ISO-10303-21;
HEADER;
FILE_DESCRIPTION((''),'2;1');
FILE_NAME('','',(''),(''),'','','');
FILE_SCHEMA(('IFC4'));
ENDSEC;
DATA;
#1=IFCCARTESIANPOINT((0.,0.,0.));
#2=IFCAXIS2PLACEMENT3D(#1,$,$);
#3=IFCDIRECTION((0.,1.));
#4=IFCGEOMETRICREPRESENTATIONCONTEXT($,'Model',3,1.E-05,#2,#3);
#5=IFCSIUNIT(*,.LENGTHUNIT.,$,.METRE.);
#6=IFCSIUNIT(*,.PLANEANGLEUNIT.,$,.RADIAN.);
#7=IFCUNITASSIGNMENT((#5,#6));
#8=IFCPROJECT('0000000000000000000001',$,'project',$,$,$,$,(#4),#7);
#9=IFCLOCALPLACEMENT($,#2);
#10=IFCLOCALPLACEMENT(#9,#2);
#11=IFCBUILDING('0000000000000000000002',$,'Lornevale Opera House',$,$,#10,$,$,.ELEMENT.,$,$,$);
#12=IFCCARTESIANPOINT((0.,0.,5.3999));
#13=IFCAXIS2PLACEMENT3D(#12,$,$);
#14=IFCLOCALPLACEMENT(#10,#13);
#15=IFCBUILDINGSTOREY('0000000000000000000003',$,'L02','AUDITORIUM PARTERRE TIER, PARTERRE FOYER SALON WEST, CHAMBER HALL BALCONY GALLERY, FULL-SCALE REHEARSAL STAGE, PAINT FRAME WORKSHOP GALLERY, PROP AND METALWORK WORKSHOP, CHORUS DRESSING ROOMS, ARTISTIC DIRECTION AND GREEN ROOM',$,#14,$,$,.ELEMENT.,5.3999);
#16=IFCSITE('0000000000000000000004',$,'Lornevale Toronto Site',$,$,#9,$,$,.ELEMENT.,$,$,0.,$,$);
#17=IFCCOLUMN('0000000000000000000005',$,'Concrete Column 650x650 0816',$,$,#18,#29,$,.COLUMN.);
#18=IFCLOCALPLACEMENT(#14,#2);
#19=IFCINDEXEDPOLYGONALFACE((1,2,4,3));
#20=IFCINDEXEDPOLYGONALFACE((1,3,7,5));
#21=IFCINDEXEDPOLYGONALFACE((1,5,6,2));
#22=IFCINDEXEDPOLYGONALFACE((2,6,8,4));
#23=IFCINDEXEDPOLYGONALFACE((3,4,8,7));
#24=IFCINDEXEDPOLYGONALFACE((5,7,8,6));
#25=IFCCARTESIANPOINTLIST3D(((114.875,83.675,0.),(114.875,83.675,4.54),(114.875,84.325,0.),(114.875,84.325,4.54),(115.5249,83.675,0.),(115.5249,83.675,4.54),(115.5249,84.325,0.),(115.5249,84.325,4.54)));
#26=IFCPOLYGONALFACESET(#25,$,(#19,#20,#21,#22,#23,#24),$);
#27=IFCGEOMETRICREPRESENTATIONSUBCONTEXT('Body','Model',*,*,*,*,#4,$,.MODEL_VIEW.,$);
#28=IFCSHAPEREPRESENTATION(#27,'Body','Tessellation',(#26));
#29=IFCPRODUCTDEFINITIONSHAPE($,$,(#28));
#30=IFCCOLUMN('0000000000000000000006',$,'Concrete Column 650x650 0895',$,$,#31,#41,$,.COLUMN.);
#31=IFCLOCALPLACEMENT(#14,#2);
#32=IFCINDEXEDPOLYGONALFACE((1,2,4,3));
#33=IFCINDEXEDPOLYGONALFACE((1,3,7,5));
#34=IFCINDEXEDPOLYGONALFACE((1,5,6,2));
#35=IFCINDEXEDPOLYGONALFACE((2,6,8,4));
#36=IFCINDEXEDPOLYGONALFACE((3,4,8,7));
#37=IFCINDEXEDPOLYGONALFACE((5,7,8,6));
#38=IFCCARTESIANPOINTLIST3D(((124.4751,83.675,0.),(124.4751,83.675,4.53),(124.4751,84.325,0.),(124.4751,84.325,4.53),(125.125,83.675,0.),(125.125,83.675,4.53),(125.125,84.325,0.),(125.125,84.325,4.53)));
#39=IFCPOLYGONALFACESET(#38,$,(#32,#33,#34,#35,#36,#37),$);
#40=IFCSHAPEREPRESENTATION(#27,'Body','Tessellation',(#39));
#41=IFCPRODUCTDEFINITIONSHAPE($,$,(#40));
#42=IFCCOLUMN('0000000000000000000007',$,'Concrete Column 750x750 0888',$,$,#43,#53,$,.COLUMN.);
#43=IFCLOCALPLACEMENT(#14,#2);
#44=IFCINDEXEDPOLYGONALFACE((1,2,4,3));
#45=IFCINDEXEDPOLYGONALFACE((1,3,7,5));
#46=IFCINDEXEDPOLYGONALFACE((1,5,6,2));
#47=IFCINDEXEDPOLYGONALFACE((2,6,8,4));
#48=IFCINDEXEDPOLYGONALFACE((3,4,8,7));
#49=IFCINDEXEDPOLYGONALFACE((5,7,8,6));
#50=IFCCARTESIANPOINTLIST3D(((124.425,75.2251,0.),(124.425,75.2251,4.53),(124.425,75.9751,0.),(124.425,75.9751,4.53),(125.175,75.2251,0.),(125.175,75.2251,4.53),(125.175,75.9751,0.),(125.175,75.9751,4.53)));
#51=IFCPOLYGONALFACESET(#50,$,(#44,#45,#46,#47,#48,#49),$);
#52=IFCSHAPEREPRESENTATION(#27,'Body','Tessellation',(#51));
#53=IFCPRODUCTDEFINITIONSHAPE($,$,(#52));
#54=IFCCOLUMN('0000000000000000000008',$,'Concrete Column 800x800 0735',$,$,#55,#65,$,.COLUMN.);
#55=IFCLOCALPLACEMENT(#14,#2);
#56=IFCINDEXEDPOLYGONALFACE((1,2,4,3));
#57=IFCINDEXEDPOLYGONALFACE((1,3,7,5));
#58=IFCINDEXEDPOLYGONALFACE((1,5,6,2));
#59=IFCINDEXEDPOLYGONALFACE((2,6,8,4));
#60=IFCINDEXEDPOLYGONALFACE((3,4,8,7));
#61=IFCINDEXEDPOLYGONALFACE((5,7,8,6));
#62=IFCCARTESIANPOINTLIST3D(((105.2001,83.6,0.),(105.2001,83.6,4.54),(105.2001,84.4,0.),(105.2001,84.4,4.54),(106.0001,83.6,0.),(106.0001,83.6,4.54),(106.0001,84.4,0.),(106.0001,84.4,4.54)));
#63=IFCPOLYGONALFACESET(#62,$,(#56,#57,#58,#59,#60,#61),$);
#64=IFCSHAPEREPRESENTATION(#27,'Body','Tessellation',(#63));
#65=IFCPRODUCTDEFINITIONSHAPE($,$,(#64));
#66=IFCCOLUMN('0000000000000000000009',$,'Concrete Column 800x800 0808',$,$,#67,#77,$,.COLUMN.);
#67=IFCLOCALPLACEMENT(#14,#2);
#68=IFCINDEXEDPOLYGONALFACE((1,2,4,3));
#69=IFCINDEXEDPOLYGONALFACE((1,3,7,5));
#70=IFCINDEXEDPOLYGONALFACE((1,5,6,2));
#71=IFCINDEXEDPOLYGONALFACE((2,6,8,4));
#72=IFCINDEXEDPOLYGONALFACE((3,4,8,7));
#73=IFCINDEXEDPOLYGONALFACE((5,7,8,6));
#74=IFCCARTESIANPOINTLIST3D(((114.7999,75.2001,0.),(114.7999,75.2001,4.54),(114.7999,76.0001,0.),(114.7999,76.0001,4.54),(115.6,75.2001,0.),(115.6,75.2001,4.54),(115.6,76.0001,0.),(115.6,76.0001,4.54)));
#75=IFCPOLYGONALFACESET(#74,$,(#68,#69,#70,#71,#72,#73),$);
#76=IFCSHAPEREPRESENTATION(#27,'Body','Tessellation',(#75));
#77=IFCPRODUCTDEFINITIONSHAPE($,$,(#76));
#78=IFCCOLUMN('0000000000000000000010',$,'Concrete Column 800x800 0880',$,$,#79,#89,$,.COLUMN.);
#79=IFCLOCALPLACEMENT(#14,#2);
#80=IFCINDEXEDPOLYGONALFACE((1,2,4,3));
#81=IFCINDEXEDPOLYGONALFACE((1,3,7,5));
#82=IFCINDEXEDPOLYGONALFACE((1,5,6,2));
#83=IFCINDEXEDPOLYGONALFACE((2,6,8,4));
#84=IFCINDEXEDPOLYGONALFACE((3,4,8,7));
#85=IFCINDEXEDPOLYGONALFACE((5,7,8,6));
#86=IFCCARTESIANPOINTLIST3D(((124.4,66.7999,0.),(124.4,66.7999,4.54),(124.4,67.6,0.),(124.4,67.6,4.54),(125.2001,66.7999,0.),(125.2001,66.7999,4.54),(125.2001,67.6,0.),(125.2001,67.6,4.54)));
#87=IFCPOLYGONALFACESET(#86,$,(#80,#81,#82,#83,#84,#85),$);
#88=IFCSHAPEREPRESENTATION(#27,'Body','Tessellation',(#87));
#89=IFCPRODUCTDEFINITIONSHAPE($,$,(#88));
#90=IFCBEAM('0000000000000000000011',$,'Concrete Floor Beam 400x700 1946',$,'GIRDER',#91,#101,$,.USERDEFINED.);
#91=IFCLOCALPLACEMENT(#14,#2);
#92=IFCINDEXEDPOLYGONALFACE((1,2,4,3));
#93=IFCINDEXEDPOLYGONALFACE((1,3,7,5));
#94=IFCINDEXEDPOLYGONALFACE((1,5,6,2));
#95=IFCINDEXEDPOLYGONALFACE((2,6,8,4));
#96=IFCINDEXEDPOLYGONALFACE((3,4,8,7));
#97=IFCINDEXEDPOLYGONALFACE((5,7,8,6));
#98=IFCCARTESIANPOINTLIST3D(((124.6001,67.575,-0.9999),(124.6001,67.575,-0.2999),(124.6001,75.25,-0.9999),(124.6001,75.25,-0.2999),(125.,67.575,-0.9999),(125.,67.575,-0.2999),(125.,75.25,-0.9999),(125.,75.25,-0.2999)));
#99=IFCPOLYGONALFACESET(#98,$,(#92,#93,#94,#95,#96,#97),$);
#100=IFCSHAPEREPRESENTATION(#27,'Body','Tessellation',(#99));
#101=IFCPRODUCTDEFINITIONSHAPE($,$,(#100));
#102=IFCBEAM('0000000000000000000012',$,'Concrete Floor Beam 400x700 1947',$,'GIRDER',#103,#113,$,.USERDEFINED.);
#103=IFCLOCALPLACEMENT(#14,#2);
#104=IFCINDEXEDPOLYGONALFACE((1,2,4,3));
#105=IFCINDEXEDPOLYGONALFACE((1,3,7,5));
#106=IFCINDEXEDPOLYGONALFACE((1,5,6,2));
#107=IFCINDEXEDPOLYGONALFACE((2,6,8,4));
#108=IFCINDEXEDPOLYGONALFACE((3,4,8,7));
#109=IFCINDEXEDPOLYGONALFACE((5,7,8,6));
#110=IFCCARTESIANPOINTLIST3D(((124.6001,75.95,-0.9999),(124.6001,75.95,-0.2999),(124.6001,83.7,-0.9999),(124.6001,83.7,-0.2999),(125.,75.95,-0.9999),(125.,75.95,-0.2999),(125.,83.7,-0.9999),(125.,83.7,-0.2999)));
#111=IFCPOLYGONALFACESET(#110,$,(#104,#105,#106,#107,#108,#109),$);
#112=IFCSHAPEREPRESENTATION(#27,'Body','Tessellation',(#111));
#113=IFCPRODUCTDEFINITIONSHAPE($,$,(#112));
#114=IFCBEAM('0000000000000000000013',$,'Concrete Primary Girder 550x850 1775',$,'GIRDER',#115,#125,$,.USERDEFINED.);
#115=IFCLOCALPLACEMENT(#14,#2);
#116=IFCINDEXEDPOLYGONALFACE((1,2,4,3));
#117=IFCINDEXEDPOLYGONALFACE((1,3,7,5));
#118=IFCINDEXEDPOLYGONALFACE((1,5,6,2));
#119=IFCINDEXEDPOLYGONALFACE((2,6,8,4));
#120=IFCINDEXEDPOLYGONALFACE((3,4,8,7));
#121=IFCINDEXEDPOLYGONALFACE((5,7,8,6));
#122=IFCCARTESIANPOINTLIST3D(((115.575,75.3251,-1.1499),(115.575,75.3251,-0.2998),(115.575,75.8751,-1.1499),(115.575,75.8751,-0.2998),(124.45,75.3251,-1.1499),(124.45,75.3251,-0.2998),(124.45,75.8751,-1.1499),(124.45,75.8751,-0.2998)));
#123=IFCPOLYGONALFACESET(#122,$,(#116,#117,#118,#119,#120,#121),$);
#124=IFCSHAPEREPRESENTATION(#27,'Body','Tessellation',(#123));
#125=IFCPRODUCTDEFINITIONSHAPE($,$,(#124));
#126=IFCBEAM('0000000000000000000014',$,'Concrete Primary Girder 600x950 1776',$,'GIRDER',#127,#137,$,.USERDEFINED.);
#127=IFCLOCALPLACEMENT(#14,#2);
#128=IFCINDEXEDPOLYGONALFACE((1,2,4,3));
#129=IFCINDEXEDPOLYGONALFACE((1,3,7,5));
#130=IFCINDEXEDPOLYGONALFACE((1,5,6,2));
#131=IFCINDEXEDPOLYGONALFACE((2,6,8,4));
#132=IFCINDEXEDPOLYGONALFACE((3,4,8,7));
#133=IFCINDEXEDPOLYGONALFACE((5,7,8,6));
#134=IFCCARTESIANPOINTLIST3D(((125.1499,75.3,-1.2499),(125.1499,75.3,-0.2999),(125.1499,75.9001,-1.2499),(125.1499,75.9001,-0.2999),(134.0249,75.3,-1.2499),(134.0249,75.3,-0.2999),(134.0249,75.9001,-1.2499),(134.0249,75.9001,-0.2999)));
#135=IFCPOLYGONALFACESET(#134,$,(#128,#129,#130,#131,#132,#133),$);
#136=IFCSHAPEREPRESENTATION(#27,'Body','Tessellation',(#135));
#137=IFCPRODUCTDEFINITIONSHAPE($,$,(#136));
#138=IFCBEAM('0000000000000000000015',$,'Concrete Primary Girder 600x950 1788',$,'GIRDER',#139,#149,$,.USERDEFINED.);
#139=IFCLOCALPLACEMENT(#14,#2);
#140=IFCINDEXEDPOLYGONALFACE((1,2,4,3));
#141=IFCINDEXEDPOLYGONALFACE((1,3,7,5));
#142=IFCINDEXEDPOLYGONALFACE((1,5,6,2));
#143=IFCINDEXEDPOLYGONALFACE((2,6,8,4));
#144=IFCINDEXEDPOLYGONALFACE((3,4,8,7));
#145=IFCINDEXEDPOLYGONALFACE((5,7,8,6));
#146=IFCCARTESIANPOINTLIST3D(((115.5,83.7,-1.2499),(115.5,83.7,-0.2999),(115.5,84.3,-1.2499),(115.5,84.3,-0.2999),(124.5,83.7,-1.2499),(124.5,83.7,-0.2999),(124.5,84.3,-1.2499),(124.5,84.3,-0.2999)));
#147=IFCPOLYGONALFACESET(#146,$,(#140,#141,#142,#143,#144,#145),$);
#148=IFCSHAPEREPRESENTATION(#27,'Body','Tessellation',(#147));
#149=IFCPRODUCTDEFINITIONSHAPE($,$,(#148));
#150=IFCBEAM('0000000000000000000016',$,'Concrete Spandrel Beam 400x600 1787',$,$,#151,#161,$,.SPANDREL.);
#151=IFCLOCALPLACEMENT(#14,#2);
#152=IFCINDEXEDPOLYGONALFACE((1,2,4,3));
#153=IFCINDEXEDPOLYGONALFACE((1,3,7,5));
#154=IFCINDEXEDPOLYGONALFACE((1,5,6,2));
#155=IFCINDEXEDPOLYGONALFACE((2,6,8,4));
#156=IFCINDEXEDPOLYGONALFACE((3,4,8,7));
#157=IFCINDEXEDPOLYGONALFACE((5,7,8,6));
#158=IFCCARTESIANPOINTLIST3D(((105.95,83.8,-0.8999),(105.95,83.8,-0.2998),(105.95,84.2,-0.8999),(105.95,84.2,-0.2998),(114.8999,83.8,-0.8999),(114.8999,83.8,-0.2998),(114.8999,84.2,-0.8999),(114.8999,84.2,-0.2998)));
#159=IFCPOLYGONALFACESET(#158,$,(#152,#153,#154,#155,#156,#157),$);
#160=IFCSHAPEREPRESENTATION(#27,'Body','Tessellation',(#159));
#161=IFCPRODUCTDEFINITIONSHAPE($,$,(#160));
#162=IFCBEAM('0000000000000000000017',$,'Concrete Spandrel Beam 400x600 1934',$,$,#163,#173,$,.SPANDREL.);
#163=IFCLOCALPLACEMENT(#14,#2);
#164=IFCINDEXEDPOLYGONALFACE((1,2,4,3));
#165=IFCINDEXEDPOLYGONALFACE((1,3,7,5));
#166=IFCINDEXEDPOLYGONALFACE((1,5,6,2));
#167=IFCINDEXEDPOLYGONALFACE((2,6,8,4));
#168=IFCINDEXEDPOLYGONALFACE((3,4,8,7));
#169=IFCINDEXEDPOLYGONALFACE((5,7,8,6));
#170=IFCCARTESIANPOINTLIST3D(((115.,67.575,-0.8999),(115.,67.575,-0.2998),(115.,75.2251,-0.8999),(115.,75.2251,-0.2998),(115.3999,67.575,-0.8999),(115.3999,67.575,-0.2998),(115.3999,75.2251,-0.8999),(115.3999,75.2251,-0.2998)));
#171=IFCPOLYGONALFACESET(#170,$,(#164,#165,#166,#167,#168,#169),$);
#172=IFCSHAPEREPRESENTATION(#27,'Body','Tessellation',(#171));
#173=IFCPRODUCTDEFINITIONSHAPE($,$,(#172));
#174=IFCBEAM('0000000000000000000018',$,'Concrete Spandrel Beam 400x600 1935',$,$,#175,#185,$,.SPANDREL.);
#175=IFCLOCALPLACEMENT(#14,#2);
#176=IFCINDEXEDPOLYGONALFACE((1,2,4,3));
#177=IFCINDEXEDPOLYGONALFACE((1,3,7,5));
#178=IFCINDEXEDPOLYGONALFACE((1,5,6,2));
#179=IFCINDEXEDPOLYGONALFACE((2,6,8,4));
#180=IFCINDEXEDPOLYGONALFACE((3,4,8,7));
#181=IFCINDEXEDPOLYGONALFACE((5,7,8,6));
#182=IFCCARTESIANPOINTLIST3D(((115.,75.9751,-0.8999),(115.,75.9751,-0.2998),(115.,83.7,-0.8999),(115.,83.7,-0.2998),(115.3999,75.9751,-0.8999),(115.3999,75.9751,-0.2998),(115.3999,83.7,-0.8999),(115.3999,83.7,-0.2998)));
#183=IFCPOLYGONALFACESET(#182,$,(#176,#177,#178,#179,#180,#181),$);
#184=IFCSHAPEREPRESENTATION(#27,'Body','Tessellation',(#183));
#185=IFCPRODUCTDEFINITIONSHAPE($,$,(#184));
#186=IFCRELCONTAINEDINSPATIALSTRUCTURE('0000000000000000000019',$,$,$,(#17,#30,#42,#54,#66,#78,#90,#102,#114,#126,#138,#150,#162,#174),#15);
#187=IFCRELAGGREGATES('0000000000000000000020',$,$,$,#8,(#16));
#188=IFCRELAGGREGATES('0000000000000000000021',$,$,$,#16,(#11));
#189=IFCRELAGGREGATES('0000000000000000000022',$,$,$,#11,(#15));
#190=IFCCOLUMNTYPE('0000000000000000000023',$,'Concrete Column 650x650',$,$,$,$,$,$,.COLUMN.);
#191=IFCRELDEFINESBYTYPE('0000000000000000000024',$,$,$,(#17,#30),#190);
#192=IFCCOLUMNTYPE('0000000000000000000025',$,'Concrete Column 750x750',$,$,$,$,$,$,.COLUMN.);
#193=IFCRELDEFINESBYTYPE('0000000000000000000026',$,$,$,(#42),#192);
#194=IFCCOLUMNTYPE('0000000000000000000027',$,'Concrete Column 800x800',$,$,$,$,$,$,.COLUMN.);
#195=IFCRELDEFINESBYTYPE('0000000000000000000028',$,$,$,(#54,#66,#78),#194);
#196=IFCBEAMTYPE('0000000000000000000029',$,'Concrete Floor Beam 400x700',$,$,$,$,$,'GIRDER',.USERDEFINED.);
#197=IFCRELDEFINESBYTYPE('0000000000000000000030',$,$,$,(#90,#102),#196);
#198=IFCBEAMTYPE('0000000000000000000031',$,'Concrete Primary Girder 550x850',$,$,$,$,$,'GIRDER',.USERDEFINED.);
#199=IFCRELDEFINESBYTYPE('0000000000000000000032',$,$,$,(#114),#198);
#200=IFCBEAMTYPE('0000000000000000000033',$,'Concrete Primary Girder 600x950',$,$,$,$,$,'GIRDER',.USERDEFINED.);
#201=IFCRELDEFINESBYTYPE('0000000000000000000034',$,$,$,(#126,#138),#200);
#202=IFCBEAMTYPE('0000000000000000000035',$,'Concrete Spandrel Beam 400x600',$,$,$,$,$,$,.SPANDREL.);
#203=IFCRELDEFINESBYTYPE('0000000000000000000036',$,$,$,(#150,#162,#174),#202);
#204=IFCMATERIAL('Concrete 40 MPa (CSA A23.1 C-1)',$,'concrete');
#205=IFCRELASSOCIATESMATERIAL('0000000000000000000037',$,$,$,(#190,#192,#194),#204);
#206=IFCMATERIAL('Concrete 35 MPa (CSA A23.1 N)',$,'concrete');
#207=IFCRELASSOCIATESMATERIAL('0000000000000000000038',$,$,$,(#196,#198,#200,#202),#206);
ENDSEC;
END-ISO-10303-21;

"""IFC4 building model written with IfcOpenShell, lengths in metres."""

from ifc_helpers import new_model, si_unit, direction, frame, origin, origin_2d, place, context, subcontext, project, spatial, rectangle, extrude, material, material_profile, profile_set, type_object, element, save


model = new_model("IFC4")

# Units and contexts
model_context = context("Model", 3, precision=1e-05, world=origin(), true_north=direction((0.0, 1.0)))
body_context = subcontext(model_context, "Body", "Model", "MODEL_VIEW")
ifc_project = project(units=[si_unit("LENGTHUNIT", "METRE"), si_unit("PLANEANGLEUNIT", "RADIAN")], contexts=[model_context])

# Site, building, storey
site_placement = place(None, origin())
site = spatial("IfcSite", under=ifc_project, at=site_placement, Name="Lornevale Toronto Site", CompositionType="ELEMENT", RefElevation=0.0)
building_placement = place(site_placement, origin())
building = spatial("IfcBuilding", under=site, at=building_placement, Name="Lornevale Opera House", CompositionType="ELEMENT")
storey_placement = place(building_placement, frame((0.0, 0.0, 5.3999)))
storey = spatial("IfcBuildingStorey", under=building, at=storey_placement, Name="L02", Description="AUDITORIUM PARTERRE TIER, PARTERRE FOYER SALON WEST, CHAMBER HALL BALCONY GALLERY, FULL-SCALE REHEARSAL STAGE, PAINT FRAME WORKSHOP GALLERY, PROP AND METALWORK WORKSHOP, CHORUS DRESSING ROOMS, ARTISTIC DIRECTION AND GREEN ROOM", CompositionType="ELEMENT", Elevation=5.3999)

# Columns
ifc_material_1 = material(Name="Concrete 40 MPa (CSA A23.1 C-1)", Category="concrete")
ifc_material_profile_1 = material_profile(ifc_material_1, rectangle(XDim=0.6499, YDim=0.6499, at=origin_2d()), Name="RC650x650")
ifc_profile_set_1 = profile_set([ifc_material_profile_1], Name="Concrete 40 MPa (CSA A23.1 C-1)")
column_type_1 = type_object("IfcColumnType", Name="Concrete Column 650x650", PredefinedType="COLUMN", material=ifc_profile_set_1)
column_1_placement = place(storey_placement, frame((115.2, 84.0, 0.0), z_axis=(0.0, 0.0, 1.0), x_axis=(1.0, 0.0, 0.0)))
element("IfcColumn", 1, at=column_1_placement, inside=storey, type_object=column_type_1, Name="Concrete Column 650x650 0816", PredefinedType="COLUMN", context=body_context, shape_type="SweptSolid", body=[
    extrude(rectangle(XDim=0.6499, YDim=0.6499, at=origin_2d()), origin(), (0.0, 0.0, 1.0), 4.54),
])
column_2_placement = place(storey_placement, frame((124.8, 84.0, 0.0), z_axis=(0.0, 0.0, 1.0), x_axis=(1.0, 0.0, 0.0)))
element("IfcColumn", 2, at=column_2_placement, inside=storey, type_object=column_type_1, Name="Concrete Column 650x650 0895", PredefinedType="COLUMN", context=body_context, shape_type="SweptSolid", body=[
    extrude(rectangle(XDim=0.6499, YDim=0.6499, at=origin_2d()), origin(), (0.0, 0.0, 1.0), 4.53),
])
ifc_material_profile_2 = material_profile(ifc_material_1, rectangle(XDim=0.75, YDim=0.75, at=origin_2d()), Name="RC750x750")
ifc_profile_set_2 = profile_set([ifc_material_profile_2], Name="Concrete 40 MPa (CSA A23.1 C-1)")
column_type_2 = type_object("IfcColumnType", Name="Concrete Column 750x750", PredefinedType="COLUMN", material=ifc_profile_set_2)
column_3_placement = place(storey_placement, frame((124.8, 75.6001, 0.0), z_axis=(0.0, 0.0, 1.0), x_axis=(1.0, 0.0, 0.0)))
element("IfcColumn", 3, at=column_3_placement, inside=storey, type_object=column_type_2, Name="Concrete Column 750x750 0888", PredefinedType="COLUMN", context=body_context, shape_type="SweptSolid", body=[
    extrude(rectangle(XDim=0.75, YDim=0.75, at=origin_2d()), origin(), (0.0, 0.0, 1.0), 4.53),
])
ifc_material_profile_3 = material_profile(ifc_material_1, rectangle(XDim=0.8, YDim=0.8, at=origin_2d()), Name="RC800x800")
ifc_profile_set_3 = profile_set([ifc_material_profile_3], Name="Concrete 40 MPa (CSA A23.1 C-1)")
column_type_3 = type_object("IfcColumnType", Name="Concrete Column 800x800", PredefinedType="COLUMN", material=ifc_profile_set_3)
for number, where, z_axis, x_axis, name in (
    (4, (105.6001, 84.0, 0.0), (0.0, 0.0, 1.0), (1.0, 0.0, 0.0), "Concrete Column 800x800 0735"),
    (5, (115.2, 75.6001, 0.0), (0.0, 0.0, 1.0), (1.0, 0.0, 0.0), "Concrete Column 800x800 0808"),
    (6, (124.8, 67.2, 0.0), (0.0, 0.0, 1.0), (1.0, 0.0, 0.0), "Concrete Column 800x800 0880"),
):
    element("IfcColumn", number, at=place(storey_placement, frame(where, z_axis=z_axis, x_axis=x_axis)), inside=storey, type_object=column_type_3, Name=name, PredefinedType="COLUMN", context=body_context, shape_type="SweptSolid", body=[
        extrude(rectangle(XDim=0.8, YDim=0.8, at=origin_2d()), origin(), (0.0, 0.0, 1.0), 4.54),
    ])

# Beams
ifc_material_2 = material(Name="Concrete 35 MPa (CSA A23.1 N)", Category="concrete")
ifc_material_profile_4 = material_profile(ifc_material_2, rectangle(XDim=0.3999, YDim=0.7, at=origin_2d()), Name="RC400x700")
ifc_profile_set_4 = profile_set([ifc_material_profile_4], Name="Concrete 35 MPa (CSA A23.1 N)")
beam_type_1 = type_object("IfcBeamType", Name="Concrete Floor Beam 400x700", ElementType="GIRDER", PredefinedType="USERDEFINED", material=ifc_profile_set_4)
beam_1_placement = place(storey_placement, frame((124.8, 67.575, -0.6499), z_axis=(0.0, 1.0, 0.0), x_axis=(-1.0, 0.0, 0.0)))
element("IfcBeam", 7, at=beam_1_placement, inside=storey, type_object=beam_type_1, Name="Concrete Floor Beam 400x700 1946", ObjectType="GIRDER", PredefinedType="USERDEFINED", context=body_context, shape_type="SweptSolid", body=[
    extrude(rectangle(XDim=0.3999, YDim=0.7, at=origin_2d()), origin(), (0.0, 0.0, 1.0), 7.675),
])
beam_2_placement = place(storey_placement, frame((124.8, 75.95, -0.6499), z_axis=(0.0, 1.0, 0.0), x_axis=(-1.0, 0.0, 0.0)))
element("IfcBeam", 8, at=beam_2_placement, inside=storey, type_object=beam_type_1, Name="Concrete Floor Beam 400x700 1947", ObjectType="GIRDER", PredefinedType="USERDEFINED", context=body_context, shape_type="SweptSolid", body=[
    extrude(rectangle(XDim=0.3999, YDim=0.7, at=origin_2d()), origin(), (0.0, 0.0, 1.0), 7.75),
])
ifc_material_profile_5 = material_profile(ifc_material_2, rectangle(XDim=0.55, YDim=0.8501, at=origin_2d()), Name="RC550x850")
ifc_profile_set_5 = profile_set([ifc_material_profile_5], Name="Concrete 35 MPa (CSA A23.1 N)")
beam_type_2 = type_object("IfcBeamType", Name="Concrete Primary Girder 550x850", ElementType="GIRDER", PredefinedType="USERDEFINED", material=ifc_profile_set_5)
beam_3_placement = place(storey_placement, frame((115.575, 75.6001, -0.7249), z_axis=(1.0, 0.0, 0.0), x_axis=(0.0, 1.0, 0.0)))
element("IfcBeam", 9, at=beam_3_placement, inside=storey, type_object=beam_type_2, Name="Concrete Primary Girder 550x850 1775", ObjectType="GIRDER", PredefinedType="USERDEFINED", context=body_context, shape_type="SweptSolid", body=[
    extrude(rectangle(XDim=0.55, YDim=0.8501, at=origin_2d()), origin(), (0.0, 0.0, 1.0), 8.875),
])
ifc_material_profile_6 = material_profile(ifc_material_2, rectangle(XDim=0.6001, YDim=0.95, at=origin_2d()), Name="RC600x950")
ifc_profile_set_6 = profile_set([ifc_material_profile_6], Name="Concrete 35 MPa (CSA A23.1 N)")
beam_type_3 = type_object("IfcBeamType", Name="Concrete Primary Girder 600x950", ElementType="GIRDER", PredefinedType="USERDEFINED", material=ifc_profile_set_6)
beam_4_placement = place(storey_placement, frame((125.1499, 75.6001, -0.7749), z_axis=(1.0, 0.0, 0.0), x_axis=(0.0, 1.0, 0.0)))
element("IfcBeam", 10, at=beam_4_placement, inside=storey, type_object=beam_type_3, Name="Concrete Primary Girder 600x950 1776", ObjectType="GIRDER", PredefinedType="USERDEFINED", context=body_context, shape_type="SweptSolid", body=[
    extrude(rectangle(XDim=0.6001, YDim=0.95, at=origin_2d()), origin(), (0.0, 0.0, 1.0), 8.875),
])
beam_5_placement = place(storey_placement, frame((115.5, 84.0, -0.7749), z_axis=(1.0, 0.0, 0.0), x_axis=(0.0, 1.0, 0.0)))
element("IfcBeam", 11, at=beam_5_placement, inside=storey, type_object=beam_type_3, Name="Concrete Primary Girder 600x950 1788", ObjectType="GIRDER", PredefinedType="USERDEFINED", context=body_context, shape_type="SweptSolid", body=[
    extrude(rectangle(XDim=0.6001, YDim=0.95, at=origin_2d()), origin(), (0.0, 0.0, 1.0), 9.0),
])
ifc_material_profile_7 = material_profile(ifc_material_2, rectangle(XDim=0.3999, YDim=0.6001, at=origin_2d()), Name="RC400x600")
ifc_profile_set_7 = profile_set([ifc_material_profile_7], Name="Concrete 35 MPa (CSA A23.1 N)")
beam_type_4 = type_object("IfcBeamType", Name="Concrete Spandrel Beam 400x600", PredefinedType="SPANDREL", material=ifc_profile_set_7)
beam_6_placement = place(storey_placement, frame((105.95, 84.0, -0.5999), z_axis=(1.0, 0.0, 0.0), x_axis=(0.0, 1.0, 0.0)))
element("IfcBeam", 12, at=beam_6_placement, inside=storey, type_object=beam_type_4, Name="Concrete Spandrel Beam 400x600 1787", PredefinedType="SPANDREL", context=body_context, shape_type="SweptSolid", body=[
    extrude(rectangle(XDim=0.3999, YDim=0.6001, at=origin_2d()), origin(), (0.0, 0.0, 1.0), 8.95),
])
beam_7_placement = place(storey_placement, frame((115.2, 67.575, -0.5999), z_axis=(0.0, 1.0, 0.0), x_axis=(-1.0, 0.0, 0.0)))
element("IfcBeam", 13, at=beam_7_placement, inside=storey, type_object=beam_type_4, Name="Concrete Spandrel Beam 400x600 1934", PredefinedType="SPANDREL", context=body_context, shape_type="SweptSolid", body=[
    extrude(rectangle(XDim=0.3999, YDim=0.6001, at=origin_2d()), origin(), (0.0, 0.0, 1.0), 7.6501),
])
beam_8_placement = place(storey_placement, frame((115.2, 75.9751, -0.5999), z_axis=(0.0, 1.0, 0.0), x_axis=(-1.0, 0.0, 0.0)))
element("IfcBeam", 14, at=beam_8_placement, inside=storey, type_object=beam_type_4, Name="Concrete Spandrel Beam 400x600 1935", PredefinedType="SPANDREL", context=body_context, shape_type="SweptSolid", body=[
    extrude(rectangle(XDim=0.3999, YDim=0.6001, at=origin_2d()), origin(), (0.0, 0.0, 1.0), 7.7249),
])

save(model, "model.ifc")
